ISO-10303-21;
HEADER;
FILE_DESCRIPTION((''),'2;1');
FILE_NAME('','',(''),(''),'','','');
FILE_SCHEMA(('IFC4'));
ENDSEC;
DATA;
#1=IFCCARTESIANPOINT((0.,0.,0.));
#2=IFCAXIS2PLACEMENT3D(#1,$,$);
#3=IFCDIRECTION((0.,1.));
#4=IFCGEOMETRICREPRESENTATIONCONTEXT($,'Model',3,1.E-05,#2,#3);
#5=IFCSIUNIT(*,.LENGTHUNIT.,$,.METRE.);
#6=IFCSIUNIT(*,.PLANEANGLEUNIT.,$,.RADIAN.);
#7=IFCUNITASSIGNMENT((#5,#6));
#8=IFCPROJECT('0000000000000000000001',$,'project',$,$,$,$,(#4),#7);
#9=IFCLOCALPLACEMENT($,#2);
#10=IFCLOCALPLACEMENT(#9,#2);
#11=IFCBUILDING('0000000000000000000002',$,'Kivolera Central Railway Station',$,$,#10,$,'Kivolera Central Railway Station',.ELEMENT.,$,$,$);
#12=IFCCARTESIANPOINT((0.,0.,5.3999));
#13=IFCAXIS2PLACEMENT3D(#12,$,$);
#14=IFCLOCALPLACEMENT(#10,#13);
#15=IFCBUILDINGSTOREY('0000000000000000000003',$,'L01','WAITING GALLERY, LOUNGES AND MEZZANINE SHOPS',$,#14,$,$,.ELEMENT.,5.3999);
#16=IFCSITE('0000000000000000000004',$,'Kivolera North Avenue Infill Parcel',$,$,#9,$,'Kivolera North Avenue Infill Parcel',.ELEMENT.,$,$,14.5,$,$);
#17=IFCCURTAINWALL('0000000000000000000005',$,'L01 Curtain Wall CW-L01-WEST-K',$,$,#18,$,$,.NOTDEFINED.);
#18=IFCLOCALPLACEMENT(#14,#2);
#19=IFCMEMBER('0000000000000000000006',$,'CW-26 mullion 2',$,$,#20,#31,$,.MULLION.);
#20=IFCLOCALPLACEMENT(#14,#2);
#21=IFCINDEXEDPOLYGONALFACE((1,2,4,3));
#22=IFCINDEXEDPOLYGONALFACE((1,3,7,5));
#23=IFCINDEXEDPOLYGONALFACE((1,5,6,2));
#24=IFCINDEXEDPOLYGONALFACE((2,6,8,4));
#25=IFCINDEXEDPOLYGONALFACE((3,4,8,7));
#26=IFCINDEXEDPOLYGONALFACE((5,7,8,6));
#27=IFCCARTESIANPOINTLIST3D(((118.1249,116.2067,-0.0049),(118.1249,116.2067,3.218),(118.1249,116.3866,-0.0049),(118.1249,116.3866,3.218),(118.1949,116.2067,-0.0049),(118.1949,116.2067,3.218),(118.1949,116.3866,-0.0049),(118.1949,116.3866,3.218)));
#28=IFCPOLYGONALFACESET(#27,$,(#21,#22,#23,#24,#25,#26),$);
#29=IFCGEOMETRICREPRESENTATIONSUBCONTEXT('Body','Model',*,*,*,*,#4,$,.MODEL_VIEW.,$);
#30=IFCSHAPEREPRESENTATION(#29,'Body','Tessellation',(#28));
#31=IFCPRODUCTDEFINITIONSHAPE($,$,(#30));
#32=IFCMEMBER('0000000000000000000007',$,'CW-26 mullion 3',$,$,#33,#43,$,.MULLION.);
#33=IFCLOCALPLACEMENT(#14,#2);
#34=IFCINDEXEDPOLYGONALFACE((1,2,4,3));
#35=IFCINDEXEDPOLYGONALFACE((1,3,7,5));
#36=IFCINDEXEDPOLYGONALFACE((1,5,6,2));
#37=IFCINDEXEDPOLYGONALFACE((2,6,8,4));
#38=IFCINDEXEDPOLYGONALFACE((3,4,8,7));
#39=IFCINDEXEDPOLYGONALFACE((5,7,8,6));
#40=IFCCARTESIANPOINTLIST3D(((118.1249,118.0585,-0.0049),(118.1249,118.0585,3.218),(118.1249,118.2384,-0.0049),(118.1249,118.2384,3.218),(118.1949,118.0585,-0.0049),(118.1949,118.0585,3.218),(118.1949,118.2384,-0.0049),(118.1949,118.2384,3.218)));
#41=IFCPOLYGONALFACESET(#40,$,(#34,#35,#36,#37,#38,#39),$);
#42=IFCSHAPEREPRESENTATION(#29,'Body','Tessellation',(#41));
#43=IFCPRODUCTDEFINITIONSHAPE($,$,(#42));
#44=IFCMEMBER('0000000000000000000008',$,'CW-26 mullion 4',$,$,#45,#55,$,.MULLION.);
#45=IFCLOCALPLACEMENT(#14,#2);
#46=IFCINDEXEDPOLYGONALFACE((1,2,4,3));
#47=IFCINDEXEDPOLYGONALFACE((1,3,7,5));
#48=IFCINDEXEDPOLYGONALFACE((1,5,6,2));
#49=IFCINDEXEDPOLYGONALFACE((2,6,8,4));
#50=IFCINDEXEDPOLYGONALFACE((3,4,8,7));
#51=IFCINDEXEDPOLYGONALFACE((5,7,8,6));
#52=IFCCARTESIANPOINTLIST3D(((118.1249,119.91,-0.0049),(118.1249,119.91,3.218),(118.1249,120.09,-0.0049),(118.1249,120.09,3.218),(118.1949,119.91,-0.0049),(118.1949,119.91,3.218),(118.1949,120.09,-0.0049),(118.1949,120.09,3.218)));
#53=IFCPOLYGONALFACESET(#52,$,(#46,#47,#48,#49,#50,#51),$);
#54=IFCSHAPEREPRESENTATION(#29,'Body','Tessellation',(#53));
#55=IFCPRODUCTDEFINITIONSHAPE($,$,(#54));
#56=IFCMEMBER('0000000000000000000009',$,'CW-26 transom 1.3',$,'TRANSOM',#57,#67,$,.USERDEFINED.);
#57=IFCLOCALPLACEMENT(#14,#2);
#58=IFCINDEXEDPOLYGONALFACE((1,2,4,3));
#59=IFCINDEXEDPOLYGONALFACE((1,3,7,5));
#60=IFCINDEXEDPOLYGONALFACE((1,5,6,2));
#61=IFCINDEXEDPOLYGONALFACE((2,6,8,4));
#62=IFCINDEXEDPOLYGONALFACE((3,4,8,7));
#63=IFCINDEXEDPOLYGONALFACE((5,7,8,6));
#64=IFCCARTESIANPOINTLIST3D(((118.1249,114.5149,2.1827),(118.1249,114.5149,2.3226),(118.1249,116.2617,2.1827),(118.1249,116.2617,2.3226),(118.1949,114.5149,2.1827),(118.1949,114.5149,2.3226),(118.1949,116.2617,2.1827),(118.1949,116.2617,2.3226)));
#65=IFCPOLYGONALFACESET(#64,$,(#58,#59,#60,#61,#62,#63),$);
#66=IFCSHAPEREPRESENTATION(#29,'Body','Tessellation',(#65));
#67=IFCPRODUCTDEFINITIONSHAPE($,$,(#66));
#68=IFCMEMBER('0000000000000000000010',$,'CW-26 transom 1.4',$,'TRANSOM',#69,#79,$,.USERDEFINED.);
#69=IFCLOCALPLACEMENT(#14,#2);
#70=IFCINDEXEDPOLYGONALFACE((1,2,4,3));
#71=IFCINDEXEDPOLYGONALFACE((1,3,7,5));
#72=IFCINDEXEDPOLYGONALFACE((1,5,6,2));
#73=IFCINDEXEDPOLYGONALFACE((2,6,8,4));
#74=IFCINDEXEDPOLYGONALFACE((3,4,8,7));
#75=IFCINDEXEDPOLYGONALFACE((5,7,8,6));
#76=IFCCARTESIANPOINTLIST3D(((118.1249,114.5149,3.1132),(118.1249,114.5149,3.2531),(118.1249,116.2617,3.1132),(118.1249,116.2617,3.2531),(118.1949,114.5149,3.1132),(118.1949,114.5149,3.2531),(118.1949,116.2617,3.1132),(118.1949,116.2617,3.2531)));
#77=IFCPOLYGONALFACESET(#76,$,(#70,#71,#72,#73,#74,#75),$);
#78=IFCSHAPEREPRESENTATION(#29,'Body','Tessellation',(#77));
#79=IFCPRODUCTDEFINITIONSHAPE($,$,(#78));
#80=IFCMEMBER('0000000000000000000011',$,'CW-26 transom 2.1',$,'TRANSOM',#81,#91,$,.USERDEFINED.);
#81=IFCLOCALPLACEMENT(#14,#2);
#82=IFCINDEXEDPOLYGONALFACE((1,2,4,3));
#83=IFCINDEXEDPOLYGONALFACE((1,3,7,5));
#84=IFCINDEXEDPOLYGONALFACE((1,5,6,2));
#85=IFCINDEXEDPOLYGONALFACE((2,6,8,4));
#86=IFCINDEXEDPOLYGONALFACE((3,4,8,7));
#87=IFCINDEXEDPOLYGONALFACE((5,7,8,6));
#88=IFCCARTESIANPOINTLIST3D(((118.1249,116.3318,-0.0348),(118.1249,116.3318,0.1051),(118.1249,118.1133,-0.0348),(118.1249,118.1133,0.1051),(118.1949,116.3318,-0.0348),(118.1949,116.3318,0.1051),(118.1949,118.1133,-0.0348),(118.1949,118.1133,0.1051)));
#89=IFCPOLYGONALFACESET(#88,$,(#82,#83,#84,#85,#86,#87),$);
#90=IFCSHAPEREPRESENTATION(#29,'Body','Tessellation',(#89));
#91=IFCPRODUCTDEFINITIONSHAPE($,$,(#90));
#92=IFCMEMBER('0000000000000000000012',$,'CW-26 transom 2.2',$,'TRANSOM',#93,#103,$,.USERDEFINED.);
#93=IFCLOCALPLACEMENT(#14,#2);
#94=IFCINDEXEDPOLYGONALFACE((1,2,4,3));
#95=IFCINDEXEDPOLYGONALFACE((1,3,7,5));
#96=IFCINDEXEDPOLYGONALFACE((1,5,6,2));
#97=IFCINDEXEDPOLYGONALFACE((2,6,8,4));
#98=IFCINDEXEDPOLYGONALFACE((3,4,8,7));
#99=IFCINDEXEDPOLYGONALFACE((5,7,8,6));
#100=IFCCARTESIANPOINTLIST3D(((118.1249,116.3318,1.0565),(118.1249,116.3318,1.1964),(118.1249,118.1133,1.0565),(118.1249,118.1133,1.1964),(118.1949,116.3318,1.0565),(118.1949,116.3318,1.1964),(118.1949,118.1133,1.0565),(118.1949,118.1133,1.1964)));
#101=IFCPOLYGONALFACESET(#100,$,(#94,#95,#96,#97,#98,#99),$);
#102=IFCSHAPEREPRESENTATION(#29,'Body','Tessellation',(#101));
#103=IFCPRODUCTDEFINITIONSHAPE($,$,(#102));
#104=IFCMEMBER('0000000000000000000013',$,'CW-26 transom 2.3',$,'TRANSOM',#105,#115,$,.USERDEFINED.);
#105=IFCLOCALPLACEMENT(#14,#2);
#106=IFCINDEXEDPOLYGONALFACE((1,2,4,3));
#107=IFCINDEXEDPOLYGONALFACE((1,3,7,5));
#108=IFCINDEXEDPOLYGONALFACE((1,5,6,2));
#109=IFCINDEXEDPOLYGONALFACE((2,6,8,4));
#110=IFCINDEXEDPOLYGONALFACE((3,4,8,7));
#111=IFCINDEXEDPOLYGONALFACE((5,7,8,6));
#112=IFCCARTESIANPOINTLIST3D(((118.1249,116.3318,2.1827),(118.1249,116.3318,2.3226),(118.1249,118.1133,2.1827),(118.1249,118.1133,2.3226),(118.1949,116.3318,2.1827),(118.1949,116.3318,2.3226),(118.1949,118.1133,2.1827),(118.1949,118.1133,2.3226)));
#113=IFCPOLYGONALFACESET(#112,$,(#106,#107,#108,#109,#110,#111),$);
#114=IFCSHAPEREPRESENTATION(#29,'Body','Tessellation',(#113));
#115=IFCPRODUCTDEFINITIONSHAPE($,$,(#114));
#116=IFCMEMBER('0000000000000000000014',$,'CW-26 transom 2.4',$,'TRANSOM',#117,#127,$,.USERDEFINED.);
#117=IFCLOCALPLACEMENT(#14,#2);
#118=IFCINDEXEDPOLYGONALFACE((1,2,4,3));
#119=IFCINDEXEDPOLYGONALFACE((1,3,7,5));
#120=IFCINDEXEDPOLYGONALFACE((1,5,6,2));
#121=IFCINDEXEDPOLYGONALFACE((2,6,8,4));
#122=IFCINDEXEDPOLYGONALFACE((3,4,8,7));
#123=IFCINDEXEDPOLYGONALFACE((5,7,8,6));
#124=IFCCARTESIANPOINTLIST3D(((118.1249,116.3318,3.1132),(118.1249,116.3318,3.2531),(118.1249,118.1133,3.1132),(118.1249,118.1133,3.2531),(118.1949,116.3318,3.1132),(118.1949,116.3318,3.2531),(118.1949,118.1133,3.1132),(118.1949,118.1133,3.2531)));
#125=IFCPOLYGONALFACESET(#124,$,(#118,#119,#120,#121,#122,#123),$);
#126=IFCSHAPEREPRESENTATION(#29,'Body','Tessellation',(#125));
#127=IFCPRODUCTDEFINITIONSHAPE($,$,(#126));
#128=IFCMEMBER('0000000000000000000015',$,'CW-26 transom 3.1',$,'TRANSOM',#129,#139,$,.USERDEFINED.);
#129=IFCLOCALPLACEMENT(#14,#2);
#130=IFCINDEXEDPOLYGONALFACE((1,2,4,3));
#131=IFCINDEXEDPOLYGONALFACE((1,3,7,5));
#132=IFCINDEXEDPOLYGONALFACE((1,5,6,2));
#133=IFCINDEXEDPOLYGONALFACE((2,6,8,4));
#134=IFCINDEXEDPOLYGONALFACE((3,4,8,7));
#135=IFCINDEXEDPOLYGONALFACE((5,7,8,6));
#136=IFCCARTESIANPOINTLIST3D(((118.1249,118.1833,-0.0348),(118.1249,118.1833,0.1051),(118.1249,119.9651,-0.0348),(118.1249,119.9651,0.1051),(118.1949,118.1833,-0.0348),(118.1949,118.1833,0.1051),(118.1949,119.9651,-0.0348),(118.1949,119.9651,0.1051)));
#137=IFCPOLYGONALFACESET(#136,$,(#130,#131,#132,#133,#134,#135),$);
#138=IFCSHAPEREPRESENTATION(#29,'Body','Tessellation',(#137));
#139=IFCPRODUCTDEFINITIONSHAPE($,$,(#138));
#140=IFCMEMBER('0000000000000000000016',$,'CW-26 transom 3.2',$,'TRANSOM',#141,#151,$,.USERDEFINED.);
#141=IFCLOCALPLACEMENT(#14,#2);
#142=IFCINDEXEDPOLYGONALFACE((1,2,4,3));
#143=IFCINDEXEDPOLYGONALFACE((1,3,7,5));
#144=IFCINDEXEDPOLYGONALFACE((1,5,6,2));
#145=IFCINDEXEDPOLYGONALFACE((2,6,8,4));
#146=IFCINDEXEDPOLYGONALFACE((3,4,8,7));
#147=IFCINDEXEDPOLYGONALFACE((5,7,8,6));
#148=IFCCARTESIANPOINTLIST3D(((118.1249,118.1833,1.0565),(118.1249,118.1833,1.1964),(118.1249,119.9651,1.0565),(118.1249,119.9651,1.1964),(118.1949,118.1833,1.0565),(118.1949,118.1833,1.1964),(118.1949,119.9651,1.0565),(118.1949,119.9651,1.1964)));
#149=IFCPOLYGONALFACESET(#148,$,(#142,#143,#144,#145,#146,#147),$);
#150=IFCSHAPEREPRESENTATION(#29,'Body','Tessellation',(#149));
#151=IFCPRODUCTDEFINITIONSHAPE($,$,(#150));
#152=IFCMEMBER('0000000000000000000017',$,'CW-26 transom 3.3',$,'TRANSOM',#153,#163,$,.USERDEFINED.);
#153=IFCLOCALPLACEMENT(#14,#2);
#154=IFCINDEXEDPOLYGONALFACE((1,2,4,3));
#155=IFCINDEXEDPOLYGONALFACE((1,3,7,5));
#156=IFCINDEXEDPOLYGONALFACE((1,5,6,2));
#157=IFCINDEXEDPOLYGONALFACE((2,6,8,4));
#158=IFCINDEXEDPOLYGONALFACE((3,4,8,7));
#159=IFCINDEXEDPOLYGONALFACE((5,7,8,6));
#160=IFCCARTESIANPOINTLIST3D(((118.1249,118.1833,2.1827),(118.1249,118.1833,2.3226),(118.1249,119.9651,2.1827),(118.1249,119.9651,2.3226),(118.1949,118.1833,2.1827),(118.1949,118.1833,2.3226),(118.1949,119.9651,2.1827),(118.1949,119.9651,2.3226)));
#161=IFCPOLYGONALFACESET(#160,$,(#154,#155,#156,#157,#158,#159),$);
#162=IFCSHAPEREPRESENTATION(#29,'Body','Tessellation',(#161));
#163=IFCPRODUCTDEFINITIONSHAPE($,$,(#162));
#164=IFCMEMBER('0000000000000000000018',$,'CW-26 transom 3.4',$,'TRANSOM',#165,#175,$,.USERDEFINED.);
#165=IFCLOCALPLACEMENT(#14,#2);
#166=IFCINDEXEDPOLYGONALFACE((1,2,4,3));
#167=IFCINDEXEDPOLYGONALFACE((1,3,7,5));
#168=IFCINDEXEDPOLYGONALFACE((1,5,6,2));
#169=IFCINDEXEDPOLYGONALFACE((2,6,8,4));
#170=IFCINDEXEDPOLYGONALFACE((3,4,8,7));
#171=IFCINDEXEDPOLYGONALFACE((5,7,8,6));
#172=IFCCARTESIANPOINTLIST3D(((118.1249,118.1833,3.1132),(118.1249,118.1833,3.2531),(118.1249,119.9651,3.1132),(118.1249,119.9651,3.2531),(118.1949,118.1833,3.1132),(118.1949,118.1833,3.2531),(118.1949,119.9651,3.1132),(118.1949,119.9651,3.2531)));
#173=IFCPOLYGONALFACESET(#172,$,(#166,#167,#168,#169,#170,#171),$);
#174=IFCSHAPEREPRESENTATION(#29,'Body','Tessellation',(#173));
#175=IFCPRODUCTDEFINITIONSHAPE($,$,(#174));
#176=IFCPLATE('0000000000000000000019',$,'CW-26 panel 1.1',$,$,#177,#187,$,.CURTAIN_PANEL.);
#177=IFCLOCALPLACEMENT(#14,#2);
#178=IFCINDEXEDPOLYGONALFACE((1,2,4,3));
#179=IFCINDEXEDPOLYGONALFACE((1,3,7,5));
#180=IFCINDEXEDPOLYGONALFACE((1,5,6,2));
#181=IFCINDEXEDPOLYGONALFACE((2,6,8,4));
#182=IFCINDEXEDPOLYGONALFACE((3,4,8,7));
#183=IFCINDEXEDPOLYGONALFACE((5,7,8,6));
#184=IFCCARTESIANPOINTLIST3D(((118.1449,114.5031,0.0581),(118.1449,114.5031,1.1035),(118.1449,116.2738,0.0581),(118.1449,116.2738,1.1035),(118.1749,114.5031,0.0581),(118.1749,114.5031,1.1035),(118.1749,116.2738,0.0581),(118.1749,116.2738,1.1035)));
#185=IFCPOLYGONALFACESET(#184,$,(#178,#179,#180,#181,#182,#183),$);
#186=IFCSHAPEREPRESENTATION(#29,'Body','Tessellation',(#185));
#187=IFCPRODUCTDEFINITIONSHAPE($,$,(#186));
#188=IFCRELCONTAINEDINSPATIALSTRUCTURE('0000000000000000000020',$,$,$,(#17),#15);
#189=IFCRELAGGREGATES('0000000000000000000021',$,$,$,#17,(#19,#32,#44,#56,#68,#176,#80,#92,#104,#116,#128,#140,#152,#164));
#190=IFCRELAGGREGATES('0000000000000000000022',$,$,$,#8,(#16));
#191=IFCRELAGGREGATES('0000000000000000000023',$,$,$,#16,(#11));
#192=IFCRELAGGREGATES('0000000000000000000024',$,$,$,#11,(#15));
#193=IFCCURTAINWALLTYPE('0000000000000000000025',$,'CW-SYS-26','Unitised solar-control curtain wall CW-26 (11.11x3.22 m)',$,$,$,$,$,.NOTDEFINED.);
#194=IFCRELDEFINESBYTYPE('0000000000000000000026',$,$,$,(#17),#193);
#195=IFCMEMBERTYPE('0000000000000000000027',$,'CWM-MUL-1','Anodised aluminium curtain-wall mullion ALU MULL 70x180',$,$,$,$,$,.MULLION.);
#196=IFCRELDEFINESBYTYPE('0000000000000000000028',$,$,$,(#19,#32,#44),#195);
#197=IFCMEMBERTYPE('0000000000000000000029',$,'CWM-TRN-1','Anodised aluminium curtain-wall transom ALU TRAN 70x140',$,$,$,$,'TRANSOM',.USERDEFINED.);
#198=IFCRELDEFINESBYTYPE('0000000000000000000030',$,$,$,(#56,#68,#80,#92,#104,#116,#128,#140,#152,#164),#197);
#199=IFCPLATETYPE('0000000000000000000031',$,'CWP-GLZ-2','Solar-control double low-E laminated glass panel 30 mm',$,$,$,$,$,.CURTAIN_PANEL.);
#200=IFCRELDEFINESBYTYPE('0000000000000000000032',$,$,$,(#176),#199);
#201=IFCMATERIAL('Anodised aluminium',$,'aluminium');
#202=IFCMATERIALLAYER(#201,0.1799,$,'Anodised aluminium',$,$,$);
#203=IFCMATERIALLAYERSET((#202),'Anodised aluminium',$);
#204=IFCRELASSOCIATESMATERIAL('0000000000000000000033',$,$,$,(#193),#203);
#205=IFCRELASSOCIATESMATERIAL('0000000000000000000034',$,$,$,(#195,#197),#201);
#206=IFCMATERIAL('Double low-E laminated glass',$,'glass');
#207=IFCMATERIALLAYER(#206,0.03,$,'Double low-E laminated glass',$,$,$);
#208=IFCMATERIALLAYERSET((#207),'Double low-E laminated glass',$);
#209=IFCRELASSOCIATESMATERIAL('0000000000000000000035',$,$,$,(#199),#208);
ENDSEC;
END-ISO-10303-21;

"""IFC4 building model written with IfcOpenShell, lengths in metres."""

from ifc_helpers import new_model, si_unit, direction, frame, origin, origin_2d, place, context, subcontext, project, spatial, rectangle, extrude, material, layer, layer_set, material_profile, profile_set, type_object, element, aggregate, save


model = new_model("IFC4")

# Units and contexts
model_context = context("Model", 3, precision=1e-05, world=origin(), true_north=direction((0.0, 1.0)))
body_context = subcontext(model_context, "Body", "Model", "MODEL_VIEW")
ifc_project = project(units=[si_unit("LENGTHUNIT", "METRE"), si_unit("PLANEANGLEUNIT", "RADIAN")], contexts=[model_context])

# Site, building, storey
site_placement = place(None, origin())
site = spatial("IfcSite", under=ifc_project, at=site_placement, Name="Kivolera North Avenue Infill Parcel", LongName="Kivolera North Avenue Infill Parcel", CompositionType="ELEMENT", RefElevation=14.5)
building_placement = place(site_placement, origin())
building = spatial("IfcBuilding", under=site, at=building_placement, Name="Kivolera Central Railway Station", LongName="Kivolera Central Railway Station", CompositionType="ELEMENT")
storey_placement = place(building_placement, frame((0.0, 0.0, 5.3999)))
storey = spatial("IfcBuildingStorey", under=building, at=storey_placement, Name="L01", Description="WAITING GALLERY, LOUNGES AND MEZZANINE SHOPS", CompositionType="ELEMENT", Elevation=5.3999)

# Curtain wall, members, plate
ifc_material_1 = material(Name="Anodised aluminium", Category="aluminium")
ifc_layer_1 = layer(ifc_material_1, 0.1799, Name="Anodised aluminium")
ifc_layer_set_1 = layer_set([ifc_layer_1], Name="Anodised aluminium")
curtain_wall_type = type_object("IfcCurtainWallType", Name="CW-SYS-26", Description="Unitised solar-control curtain wall CW-26 (11.11x3.22 m)", PredefinedType="NOTDEFINED", material=ifc_layer_set_1)
curtain_wall_placement = place(storey_placement, origin())
curtain_wall = element("IfcCurtainWall", 1, at=curtain_wall_placement, inside=storey, type_object=curtain_wall_type, Name="L01 Curtain Wall CW-L01-WEST-K", PredefinedType="NOTDEFINED")
ifc_material_profile_1 = material_profile(ifc_material_1, rectangle(XDim=0.0701, YDim=0.1799, at=origin_2d()), Name="ALU MULL 70x180")
ifc_profile_set_1 = profile_set([ifc_material_profile_1], Name="Anodised aluminium")
member_type_1 = type_object("IfcMemberType", Name="CWM-MUL-1", Description="Anodised aluminium curtain-wall mullion ALU MULL 70x180", PredefinedType="MULLION", material=ifc_profile_set_1)
member_1_placement = place(storey_placement, frame((118.1599, 116.2966, -0.0049), z_axis=(0.0, 0.0, 1.0), x_axis=(-1.0, 0.0, 0.0)))
member_1 = element("IfcMember", 2, at=member_1_placement, type_object=member_type_1, Name="CW-26 mullion 2", PredefinedType="MULLION", context=body_context, shape_type="SweptSolid", body=[
    extrude(rectangle(XDim=0.0701, YDim=0.1799, at=origin_2d()), origin(), (0.0, 0.0, 1.0), 3.2229),
])
member_2_placement = place(storey_placement, frame((118.1599, 118.1484, -0.0049), z_axis=(0.0, 0.0, 1.0), x_axis=(-1.0, 0.0, 0.0)))
member_2 = element("IfcMember", 3, at=member_2_placement, type_object=member_type_1, Name="CW-26 mullion 3", PredefinedType="MULLION", context=body_context, shape_type="SweptSolid", body=[
    extrude(rectangle(XDim=0.0701, YDim=0.1799, at=origin_2d()), origin(), (0.0, 0.0, 1.0), 3.2229),
])
member_3_placement = place(storey_placement, frame((118.1599, 120.0, -0.0049), z_axis=(0.0, 0.0, 1.0), x_axis=(-1.0, 0.0, 0.0)))
member_3 = element("IfcMember", 4, at=member_3_placement, type_object=member_type_1, Name="CW-26 mullion 4", PredefinedType="MULLION", context=body_context, shape_type="SweptSolid", body=[
    extrude(rectangle(XDim=0.0701, YDim=0.1799, at=origin_2d()), origin(), (0.0, 0.0, 1.0), 3.2229),
])
ifc_material_profile_2 = material_profile(ifc_material_1, rectangle(XDim=0.0701, YDim=0.1399, at=origin_2d()), Name="ALU TRAN 70x140")
ifc_profile_set_2 = profile_set([ifc_material_profile_2], Name="Anodised aluminium")
member_type_2 = type_object("IfcMemberType", Name="CWM-TRN-1", Description="Anodised aluminium curtain-wall transom ALU TRAN 70x140", ElementType="TRANSOM", PredefinedType="USERDEFINED", material=ifc_profile_set_2)
member_4_placement = place(storey_placement, frame((118.1599, 114.5149, 2.2527), z_axis=(0.0, 1.0, 0.0), x_axis=(-1.0, 0.0, 0.0)))
member_4 = element("IfcMember", 5, at=member_4_placement, type_object=member_type_2, Name="CW-26 transom 1.3", ObjectType="TRANSOM", PredefinedType="USERDEFINED", context=body_context, shape_type="SweptSolid", body=[
    extrude(rectangle(XDim=0.0701, YDim=0.1399, at=origin_2d()), origin(), (0.0, 0.0, 1.0), 1.7468),
])
member_5_placement = place(storey_placement, frame((118.1599, 114.5149, 3.1831), z_axis=(0.0, 1.0, 0.0), x_axis=(-1.0, 0.0, 0.0)))
member_5 = element("IfcMember", 6, at=member_5_placement, type_object=member_type_2, Name="CW-26 transom 1.4", ObjectType="TRANSOM", PredefinedType="USERDEFINED", context=body_context, shape_type="SweptSolid", body=[
    extrude(rectangle(XDim=0.0701, YDim=0.1399, at=origin_2d()), origin(), (0.0, 0.0, 1.0), 1.7468),
])
member_6_placement = place(storey_placement, frame((118.1599, 116.3318, 0.0352), z_axis=(0.0, 1.0, 0.0), x_axis=(-1.0, 0.0, 0.0)))
member_6 = element("IfcMember", 7, at=member_6_placement, type_object=member_type_2, Name="CW-26 transom 2.1", ObjectType="TRANSOM", PredefinedType="USERDEFINED", context=body_context, shape_type="SweptSolid", body=[
    extrude(rectangle(XDim=0.0701, YDim=0.1399, at=origin_2d()), origin(), (0.0, 0.0, 1.0), 1.7815),
])
member_7_placement = place(storey_placement, frame((118.1599, 116.3318, 1.1265), z_axis=(0.0, 1.0, 0.0), x_axis=(-1.0, 0.0, 0.0)))
member_7 = element("IfcMember", 8, at=member_7_placement, type_object=member_type_2, Name="CW-26 transom 2.2", ObjectType="TRANSOM", PredefinedType="USERDEFINED", context=body_context, shape_type="SweptSolid", body=[
    extrude(rectangle(XDim=0.0701, YDim=0.1399, at=origin_2d()), origin(), (0.0, 0.0, 1.0), 1.7815),
])
member_8_placement = place(storey_placement, frame((118.1599, 116.3318, 2.2527), z_axis=(0.0, 1.0, 0.0), x_axis=(-1.0, 0.0, 0.0)))
member_8 = element("IfcMember", 9, at=member_8_placement, type_object=member_type_2, Name="CW-26 transom 2.3", ObjectType="TRANSOM", PredefinedType="USERDEFINED", context=body_context, shape_type="SweptSolid", body=[
    extrude(rectangle(XDim=0.0701, YDim=0.1399, at=origin_2d()), origin(), (0.0, 0.0, 1.0), 1.7815),
])
member_9_placement = place(storey_placement, frame((118.1599, 116.3318, 3.1831), z_axis=(0.0, 1.0, 0.0), x_axis=(-1.0, 0.0, 0.0)))
member_9 = element("IfcMember", 10, at=member_9_placement, type_object=member_type_2, Name="CW-26 transom 2.4", ObjectType="TRANSOM", PredefinedType="USERDEFINED", context=body_context, shape_type="SweptSolid", body=[
    extrude(rectangle(XDim=0.0701, YDim=0.1399, at=origin_2d()), origin(), (0.0, 0.0, 1.0), 1.7815),
])
member_10_placement = place(storey_placement, frame((118.1599, 118.1833, 0.0352), z_axis=(0.0, 1.0, 0.0), x_axis=(-1.0, 0.0, 0.0)))
member_10 = element("IfcMember", 11, at=member_10_placement, type_object=member_type_2, Name="CW-26 transom 3.1", ObjectType="TRANSOM", PredefinedType="USERDEFINED", context=body_context, shape_type="SweptSolid", body=[
    extrude(rectangle(XDim=0.0701, YDim=0.1399, at=origin_2d()), origin(), (0.0, 0.0, 1.0), 1.7817),
])
member_11_placement = place(storey_placement, frame((118.1599, 118.1833, 1.1265), z_axis=(0.0, 1.0, 0.0), x_axis=(-1.0, 0.0, 0.0)))
member_11 = element("IfcMember", 12, at=member_11_placement, type_object=member_type_2, Name="CW-26 transom 3.2", ObjectType="TRANSOM", PredefinedType="USERDEFINED", context=body_context, shape_type="SweptSolid", body=[
    extrude(rectangle(XDim=0.0701, YDim=0.1399, at=origin_2d()), origin(), (0.0, 0.0, 1.0), 1.7817),
])
member_12_placement = place(storey_placement, frame((118.1599, 118.1833, 2.2527), z_axis=(0.0, 1.0, 0.0), x_axis=(-1.0, 0.0, 0.0)))
member_12 = element("IfcMember", 13, at=member_12_placement, type_object=member_type_2, Name="CW-26 transom 3.3", ObjectType="TRANSOM", PredefinedType="USERDEFINED", context=body_context, shape_type="SweptSolid", body=[
    extrude(rectangle(XDim=0.0701, YDim=0.1399, at=origin_2d()), origin(), (0.0, 0.0, 1.0), 1.7817),
])
member_13_placement = place(storey_placement, frame((118.1599, 118.1833, 3.1831), z_axis=(0.0, 1.0, 0.0), x_axis=(-1.0, 0.0, 0.0)))
member_13 = element("IfcMember", 14, at=member_13_placement, type_object=member_type_2, Name="CW-26 transom 3.4", ObjectType="TRANSOM", PredefinedType="USERDEFINED", context=body_context, shape_type="SweptSolid", body=[
    extrude(rectangle(XDim=0.0701, YDim=0.1399, at=origin_2d()), origin(), (0.0, 0.0, 1.0), 1.7817),
])
ifc_material_2 = material(Name="Double low-E laminated glass", Category="glass")
ifc_layer_2 = layer(ifc_material_2, 0.03, Name="Double low-E laminated glass")
ifc_layer_set_2 = layer_set([ifc_layer_2], Name="Double low-E laminated glass")
plate_type = type_object("IfcPlateType", Name="CWP-GLZ-2", Description="Solar-control double low-E laminated glass panel 30 mm", PredefinedType="CURTAIN_PANEL", material=ifc_layer_set_2)
plate_1_placement = place(storey_placement, frame((118.1599, 115.3884, 0.0581), z_axis=(0.0, 0.0, 1.0), x_axis=(0.0, 1.0, 0.0)))
plate_1 = element("IfcPlate", 15, at=plate_1_placement, type_object=plate_type, Name="CW-26 panel 1.1", PredefinedType="CURTAIN_PANEL", context=body_context, shape_type="SweptSolid", body=[
    extrude(rectangle(XDim=1.7708, YDim=0.03, at=origin_2d()), origin(), (0.0, 0.0, 1.0), 1.0454),
])
aggregate(curtain_wall, [member_1, member_2, member_3, member_4, member_5, plate_1, member_6, member_7, member_8, member_9, member_10, member_11, member_12, member_13])

save(model, "model.ifc")
